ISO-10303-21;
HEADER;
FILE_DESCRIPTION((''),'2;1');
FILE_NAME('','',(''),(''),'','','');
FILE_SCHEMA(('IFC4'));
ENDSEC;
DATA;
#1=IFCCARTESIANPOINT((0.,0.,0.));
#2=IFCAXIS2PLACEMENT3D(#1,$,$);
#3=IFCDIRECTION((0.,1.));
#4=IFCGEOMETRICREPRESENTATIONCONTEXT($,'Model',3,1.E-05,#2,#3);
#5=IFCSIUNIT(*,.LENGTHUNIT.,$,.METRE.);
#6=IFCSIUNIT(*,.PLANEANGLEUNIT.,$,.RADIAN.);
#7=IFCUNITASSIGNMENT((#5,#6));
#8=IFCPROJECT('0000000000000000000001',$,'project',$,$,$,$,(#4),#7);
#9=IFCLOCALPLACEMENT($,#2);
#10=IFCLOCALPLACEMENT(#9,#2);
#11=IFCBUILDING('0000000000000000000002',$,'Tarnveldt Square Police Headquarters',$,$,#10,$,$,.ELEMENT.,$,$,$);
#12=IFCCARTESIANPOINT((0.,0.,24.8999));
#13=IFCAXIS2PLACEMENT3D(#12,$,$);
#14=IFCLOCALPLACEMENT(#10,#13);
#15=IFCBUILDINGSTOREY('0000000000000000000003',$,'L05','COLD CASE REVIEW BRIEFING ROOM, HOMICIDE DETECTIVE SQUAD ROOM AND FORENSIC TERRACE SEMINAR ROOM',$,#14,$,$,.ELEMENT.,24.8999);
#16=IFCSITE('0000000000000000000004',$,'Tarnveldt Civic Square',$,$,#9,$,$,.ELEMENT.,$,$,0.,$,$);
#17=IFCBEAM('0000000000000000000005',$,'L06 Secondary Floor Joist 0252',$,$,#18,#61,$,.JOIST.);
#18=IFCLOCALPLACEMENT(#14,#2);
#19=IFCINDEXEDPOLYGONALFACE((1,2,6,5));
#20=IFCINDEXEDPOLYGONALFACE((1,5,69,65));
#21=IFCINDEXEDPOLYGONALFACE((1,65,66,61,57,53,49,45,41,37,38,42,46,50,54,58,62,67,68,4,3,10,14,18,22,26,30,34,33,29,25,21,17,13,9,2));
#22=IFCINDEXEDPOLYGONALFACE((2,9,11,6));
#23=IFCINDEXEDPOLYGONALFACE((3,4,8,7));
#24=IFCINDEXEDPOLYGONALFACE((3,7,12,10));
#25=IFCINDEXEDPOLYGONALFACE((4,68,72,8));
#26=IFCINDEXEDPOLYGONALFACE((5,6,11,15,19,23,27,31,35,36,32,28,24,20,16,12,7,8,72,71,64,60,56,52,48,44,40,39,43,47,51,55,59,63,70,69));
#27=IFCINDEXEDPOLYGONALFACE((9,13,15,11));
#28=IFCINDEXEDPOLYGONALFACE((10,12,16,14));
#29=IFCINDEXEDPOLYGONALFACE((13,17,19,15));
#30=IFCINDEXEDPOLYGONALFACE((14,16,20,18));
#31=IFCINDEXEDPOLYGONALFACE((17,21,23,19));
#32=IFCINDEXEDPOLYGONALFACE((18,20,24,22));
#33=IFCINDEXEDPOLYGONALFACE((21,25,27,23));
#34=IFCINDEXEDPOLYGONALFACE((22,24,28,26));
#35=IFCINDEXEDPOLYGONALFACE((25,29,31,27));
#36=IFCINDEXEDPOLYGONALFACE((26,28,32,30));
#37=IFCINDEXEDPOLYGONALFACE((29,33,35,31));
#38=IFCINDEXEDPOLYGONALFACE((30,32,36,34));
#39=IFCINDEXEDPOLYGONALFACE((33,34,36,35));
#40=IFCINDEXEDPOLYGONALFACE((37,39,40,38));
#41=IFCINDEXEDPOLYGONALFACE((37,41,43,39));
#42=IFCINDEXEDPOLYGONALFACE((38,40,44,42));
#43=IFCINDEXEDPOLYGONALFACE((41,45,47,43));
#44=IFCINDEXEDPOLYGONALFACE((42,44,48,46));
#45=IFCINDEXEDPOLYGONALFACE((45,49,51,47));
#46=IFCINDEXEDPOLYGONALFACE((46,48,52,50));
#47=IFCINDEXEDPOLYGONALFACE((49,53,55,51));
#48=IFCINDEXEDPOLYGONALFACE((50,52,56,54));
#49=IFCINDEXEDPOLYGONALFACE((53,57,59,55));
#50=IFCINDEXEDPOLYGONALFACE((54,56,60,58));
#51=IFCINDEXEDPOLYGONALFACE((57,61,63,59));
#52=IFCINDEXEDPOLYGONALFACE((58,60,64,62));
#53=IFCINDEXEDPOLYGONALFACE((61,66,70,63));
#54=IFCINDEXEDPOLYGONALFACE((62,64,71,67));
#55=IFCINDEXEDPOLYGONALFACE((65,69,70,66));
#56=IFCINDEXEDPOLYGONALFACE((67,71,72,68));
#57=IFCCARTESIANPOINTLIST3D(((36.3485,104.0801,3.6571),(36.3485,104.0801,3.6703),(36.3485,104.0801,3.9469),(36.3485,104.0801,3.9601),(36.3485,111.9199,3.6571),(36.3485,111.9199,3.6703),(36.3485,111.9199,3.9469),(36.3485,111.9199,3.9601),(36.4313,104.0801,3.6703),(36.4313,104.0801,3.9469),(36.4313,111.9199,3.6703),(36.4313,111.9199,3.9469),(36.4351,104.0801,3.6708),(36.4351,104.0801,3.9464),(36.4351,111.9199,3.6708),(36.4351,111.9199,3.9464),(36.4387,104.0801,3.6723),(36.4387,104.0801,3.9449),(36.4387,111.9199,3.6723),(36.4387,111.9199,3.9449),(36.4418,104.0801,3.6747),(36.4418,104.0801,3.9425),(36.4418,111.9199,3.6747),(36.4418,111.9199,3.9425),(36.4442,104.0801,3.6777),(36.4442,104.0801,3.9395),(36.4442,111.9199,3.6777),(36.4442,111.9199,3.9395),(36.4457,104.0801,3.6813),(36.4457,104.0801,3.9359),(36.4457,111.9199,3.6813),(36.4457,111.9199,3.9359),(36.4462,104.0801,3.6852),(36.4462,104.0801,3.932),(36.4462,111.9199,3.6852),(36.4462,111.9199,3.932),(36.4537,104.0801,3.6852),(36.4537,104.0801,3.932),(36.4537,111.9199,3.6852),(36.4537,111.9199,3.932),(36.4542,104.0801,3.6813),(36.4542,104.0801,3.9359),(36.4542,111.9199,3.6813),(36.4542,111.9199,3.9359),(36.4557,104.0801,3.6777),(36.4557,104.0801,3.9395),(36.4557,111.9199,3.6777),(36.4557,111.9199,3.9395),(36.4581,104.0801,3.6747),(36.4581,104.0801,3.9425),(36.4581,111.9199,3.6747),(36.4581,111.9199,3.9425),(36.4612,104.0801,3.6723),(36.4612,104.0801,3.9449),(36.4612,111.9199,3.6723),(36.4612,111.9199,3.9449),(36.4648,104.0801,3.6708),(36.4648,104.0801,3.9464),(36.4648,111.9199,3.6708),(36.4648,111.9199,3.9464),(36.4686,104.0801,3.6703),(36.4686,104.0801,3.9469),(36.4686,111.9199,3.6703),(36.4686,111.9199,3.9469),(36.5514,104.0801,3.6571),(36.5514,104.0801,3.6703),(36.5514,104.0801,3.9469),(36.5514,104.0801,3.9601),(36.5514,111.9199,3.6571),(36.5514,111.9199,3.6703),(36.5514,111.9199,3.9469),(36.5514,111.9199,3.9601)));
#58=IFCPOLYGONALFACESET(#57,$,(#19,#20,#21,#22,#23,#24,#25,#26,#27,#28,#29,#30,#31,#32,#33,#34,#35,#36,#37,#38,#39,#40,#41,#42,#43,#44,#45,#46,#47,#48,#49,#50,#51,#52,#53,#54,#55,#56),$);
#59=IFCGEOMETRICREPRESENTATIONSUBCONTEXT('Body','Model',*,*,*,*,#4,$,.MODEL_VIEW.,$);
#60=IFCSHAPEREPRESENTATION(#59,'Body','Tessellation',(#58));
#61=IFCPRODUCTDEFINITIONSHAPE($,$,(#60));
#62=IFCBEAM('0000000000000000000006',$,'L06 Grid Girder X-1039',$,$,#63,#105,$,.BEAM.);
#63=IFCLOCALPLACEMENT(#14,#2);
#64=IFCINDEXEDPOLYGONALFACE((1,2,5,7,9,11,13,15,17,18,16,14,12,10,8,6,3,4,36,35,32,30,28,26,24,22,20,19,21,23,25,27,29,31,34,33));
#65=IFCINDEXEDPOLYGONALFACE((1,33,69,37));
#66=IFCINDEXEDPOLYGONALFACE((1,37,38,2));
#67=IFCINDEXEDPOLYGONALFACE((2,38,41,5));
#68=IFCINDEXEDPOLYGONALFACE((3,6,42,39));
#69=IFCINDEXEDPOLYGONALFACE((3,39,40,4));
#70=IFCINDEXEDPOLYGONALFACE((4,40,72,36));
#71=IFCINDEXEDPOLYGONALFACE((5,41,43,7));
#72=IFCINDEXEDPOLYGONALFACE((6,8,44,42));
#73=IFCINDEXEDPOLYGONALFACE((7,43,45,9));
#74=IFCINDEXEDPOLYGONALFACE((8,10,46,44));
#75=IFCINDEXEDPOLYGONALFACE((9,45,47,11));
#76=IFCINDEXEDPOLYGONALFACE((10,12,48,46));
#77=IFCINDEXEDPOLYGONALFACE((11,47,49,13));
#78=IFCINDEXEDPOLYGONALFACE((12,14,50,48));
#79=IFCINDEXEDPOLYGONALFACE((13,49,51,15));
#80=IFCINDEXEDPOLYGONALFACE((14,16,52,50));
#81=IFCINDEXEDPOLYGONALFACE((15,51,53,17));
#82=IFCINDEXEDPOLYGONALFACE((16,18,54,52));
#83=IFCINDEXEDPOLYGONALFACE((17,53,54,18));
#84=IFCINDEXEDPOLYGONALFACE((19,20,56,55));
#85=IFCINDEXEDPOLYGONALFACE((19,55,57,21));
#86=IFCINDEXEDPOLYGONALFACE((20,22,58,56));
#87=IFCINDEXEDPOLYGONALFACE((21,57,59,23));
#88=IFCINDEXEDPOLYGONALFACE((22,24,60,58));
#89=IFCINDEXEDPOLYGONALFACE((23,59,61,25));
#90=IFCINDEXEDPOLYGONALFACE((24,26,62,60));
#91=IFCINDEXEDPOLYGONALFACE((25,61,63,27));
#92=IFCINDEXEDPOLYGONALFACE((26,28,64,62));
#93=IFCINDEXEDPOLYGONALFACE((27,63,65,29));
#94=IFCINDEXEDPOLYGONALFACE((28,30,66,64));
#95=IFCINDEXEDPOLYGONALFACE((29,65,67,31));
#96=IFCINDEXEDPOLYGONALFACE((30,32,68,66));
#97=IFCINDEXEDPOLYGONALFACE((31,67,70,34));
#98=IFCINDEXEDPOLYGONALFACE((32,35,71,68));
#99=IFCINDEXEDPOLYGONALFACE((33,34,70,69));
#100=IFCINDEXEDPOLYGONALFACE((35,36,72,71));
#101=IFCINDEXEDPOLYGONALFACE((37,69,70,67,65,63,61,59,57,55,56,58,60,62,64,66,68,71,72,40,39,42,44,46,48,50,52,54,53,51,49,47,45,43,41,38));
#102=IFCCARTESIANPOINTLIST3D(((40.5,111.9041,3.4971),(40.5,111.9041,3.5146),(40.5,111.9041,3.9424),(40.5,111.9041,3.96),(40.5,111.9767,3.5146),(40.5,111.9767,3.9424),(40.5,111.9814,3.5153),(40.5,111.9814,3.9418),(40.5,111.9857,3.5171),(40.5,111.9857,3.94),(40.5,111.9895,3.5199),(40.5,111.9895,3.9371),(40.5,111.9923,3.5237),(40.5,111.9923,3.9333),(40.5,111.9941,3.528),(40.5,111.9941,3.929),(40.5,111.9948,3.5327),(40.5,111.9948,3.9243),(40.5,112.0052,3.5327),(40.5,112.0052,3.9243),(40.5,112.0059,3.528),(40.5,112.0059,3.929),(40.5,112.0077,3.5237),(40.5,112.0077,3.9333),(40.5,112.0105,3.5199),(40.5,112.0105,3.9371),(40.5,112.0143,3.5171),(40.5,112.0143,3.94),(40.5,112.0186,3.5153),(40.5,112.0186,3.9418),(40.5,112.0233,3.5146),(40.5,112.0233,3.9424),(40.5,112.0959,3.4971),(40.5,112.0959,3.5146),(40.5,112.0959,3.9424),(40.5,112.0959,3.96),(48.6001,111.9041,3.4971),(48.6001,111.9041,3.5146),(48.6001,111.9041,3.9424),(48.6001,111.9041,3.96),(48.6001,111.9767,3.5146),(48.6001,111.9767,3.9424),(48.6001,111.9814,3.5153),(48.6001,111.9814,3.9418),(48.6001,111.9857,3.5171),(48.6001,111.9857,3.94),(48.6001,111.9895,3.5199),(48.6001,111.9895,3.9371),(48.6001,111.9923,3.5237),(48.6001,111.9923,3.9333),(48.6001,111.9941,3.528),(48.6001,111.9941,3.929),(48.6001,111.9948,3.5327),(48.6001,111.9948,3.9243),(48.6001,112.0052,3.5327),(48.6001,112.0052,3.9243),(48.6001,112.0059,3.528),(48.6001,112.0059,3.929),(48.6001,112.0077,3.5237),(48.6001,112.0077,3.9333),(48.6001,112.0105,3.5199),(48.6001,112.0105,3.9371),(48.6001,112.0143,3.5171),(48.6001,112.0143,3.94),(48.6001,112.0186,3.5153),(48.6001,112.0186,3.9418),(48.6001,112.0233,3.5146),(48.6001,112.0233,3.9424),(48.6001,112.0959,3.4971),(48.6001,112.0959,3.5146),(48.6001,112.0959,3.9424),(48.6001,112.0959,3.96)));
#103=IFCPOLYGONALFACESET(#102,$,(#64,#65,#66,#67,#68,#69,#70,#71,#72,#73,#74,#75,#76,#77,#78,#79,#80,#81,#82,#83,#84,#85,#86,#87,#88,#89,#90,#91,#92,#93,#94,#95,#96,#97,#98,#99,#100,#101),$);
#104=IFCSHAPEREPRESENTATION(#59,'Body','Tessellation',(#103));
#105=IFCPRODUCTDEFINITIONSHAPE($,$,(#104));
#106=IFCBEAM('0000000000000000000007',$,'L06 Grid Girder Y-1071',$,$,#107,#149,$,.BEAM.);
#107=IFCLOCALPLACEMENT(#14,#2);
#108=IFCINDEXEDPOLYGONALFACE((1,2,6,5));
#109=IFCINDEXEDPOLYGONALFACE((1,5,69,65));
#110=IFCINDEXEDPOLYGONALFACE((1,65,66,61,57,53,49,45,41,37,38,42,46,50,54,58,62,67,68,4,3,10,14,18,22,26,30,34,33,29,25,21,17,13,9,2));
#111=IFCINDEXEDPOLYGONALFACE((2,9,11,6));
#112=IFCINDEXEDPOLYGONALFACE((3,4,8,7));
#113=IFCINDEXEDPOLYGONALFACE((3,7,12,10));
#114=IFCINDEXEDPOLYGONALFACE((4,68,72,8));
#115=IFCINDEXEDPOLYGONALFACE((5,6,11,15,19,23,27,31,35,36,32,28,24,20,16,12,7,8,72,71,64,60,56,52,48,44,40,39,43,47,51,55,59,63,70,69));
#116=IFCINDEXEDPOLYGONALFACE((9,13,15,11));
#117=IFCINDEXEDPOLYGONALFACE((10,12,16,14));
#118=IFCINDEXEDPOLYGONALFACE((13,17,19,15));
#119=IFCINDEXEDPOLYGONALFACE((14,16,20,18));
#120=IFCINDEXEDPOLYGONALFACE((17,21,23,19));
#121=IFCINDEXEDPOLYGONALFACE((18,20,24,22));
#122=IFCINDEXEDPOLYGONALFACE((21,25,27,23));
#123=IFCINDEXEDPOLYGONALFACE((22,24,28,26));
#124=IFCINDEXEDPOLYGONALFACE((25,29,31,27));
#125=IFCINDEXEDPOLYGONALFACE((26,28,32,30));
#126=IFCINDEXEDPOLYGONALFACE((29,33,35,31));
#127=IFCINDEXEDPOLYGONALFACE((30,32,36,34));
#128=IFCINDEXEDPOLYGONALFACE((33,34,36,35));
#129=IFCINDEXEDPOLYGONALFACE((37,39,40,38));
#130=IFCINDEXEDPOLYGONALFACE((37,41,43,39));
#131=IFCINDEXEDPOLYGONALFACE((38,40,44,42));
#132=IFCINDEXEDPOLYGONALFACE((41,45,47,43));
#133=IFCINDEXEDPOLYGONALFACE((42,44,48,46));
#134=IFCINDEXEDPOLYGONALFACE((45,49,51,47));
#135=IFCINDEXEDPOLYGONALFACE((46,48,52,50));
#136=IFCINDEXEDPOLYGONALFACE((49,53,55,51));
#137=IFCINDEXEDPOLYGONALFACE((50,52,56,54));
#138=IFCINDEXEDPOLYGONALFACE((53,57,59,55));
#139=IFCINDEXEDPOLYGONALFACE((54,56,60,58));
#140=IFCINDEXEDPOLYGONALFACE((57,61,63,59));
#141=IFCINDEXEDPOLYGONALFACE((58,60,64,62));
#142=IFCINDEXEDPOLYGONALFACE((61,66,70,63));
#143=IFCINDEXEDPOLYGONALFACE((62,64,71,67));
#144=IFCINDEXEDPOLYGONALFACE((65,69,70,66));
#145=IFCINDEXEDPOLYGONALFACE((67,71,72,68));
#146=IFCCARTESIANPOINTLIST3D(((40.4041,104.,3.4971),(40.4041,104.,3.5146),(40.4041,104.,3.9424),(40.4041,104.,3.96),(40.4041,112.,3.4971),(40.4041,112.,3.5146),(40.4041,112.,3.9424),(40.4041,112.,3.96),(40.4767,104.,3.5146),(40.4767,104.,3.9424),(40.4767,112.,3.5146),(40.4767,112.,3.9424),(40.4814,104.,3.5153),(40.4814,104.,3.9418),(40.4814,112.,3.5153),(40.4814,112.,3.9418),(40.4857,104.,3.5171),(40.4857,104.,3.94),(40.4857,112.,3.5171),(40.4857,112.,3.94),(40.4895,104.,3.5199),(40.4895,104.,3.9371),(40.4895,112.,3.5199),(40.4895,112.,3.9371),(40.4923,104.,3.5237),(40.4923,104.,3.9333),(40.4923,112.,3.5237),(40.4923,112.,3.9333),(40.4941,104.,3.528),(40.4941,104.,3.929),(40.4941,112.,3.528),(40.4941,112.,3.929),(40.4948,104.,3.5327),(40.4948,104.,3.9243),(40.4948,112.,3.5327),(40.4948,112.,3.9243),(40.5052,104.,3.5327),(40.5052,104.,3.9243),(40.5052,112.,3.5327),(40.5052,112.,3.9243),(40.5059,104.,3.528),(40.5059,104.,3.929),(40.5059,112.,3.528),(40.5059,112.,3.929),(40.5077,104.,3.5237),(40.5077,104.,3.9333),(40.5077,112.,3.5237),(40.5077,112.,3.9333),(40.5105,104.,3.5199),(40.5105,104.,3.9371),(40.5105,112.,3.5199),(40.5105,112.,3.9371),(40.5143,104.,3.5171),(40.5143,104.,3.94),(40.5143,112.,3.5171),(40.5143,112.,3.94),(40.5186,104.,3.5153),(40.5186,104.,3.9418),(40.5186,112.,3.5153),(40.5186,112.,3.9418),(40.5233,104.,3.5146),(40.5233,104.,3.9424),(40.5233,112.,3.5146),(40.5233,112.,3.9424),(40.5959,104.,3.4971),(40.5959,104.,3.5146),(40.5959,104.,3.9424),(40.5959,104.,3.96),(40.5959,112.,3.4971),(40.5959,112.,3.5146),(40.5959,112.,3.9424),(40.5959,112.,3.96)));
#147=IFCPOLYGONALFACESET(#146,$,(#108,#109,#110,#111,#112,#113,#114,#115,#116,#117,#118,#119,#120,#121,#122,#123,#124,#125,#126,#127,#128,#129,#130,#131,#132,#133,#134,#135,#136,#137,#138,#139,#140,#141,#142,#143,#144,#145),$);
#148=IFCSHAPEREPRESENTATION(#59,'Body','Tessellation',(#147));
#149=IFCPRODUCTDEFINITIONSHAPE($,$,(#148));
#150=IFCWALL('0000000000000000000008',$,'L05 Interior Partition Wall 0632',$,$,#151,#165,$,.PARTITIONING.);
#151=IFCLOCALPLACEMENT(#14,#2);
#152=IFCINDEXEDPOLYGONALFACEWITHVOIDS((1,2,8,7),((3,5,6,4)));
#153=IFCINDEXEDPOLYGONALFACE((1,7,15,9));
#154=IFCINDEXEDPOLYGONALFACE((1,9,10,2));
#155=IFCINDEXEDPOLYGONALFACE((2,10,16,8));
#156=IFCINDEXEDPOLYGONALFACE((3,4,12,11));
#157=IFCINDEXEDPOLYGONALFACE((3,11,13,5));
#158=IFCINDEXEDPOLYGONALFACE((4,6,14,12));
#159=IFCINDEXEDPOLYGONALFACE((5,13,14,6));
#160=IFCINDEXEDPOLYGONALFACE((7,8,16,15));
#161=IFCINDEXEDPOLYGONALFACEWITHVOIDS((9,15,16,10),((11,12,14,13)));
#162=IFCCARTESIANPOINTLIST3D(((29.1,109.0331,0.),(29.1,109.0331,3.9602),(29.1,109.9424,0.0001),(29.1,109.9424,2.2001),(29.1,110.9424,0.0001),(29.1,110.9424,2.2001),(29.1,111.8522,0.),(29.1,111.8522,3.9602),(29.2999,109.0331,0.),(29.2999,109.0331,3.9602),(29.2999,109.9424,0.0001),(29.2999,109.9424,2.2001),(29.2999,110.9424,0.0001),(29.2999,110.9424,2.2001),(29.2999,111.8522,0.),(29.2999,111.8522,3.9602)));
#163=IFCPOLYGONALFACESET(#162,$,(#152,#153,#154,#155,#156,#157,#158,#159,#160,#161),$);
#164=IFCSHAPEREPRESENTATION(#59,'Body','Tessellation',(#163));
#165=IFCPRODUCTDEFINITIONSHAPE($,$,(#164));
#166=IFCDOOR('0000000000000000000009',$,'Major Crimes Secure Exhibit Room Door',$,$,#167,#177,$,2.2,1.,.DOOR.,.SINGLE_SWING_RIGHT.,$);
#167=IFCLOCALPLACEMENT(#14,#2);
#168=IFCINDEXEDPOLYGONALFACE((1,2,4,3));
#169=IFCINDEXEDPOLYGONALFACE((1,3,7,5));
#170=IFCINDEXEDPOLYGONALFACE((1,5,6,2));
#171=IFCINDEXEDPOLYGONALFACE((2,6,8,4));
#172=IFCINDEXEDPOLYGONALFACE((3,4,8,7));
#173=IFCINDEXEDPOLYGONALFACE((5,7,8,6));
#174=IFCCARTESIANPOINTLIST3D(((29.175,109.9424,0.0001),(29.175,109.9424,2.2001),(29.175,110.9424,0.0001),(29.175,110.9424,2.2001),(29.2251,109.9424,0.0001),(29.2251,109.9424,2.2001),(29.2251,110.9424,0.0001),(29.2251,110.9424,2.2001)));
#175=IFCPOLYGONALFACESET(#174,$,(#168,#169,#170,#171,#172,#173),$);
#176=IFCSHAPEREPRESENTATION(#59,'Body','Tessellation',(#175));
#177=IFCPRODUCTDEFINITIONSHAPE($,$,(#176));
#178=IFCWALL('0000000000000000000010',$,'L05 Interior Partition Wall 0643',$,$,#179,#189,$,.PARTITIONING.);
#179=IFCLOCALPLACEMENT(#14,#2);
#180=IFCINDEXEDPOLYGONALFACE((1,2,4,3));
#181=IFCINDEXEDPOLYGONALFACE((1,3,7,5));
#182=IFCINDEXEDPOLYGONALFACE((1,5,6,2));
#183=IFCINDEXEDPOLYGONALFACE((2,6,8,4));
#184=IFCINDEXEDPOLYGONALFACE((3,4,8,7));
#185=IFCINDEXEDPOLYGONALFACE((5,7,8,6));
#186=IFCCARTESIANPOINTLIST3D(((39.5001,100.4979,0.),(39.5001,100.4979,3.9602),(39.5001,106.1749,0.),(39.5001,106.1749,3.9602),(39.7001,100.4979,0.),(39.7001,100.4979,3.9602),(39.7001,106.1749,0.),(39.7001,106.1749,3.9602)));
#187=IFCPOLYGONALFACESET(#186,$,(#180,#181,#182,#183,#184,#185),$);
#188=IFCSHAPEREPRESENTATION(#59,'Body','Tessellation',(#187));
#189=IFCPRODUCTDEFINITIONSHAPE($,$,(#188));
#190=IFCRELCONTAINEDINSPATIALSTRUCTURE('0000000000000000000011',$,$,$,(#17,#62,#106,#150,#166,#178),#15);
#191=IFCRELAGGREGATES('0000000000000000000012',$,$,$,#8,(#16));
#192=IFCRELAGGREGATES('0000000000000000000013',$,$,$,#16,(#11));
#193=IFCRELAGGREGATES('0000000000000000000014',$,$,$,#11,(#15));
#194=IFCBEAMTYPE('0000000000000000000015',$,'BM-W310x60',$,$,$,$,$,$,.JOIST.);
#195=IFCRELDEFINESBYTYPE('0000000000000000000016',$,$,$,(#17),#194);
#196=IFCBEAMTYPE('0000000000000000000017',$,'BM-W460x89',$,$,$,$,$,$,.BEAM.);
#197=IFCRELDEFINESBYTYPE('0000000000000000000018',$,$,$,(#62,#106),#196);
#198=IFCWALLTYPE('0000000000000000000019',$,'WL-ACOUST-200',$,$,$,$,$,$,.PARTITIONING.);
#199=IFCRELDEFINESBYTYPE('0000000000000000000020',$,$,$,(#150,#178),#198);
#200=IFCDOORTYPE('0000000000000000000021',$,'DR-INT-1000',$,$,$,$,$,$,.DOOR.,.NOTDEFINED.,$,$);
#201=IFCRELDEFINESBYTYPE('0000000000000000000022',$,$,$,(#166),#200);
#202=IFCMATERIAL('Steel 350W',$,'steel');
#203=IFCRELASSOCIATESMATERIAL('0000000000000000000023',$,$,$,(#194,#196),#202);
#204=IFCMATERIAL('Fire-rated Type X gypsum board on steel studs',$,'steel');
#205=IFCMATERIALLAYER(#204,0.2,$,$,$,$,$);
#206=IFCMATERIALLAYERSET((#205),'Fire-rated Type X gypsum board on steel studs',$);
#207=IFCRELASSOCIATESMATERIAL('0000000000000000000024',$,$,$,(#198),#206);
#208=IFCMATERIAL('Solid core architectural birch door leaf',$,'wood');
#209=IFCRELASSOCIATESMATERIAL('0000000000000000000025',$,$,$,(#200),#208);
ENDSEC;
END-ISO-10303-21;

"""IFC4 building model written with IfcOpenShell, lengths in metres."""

from ifc_helpers import new_model, si_unit, direction, frame, frame_2d, origin, origin_2d, place, context, subcontext, project, spatial, rectangle, i_section, extrude, material, layer, layer_set, material_profile, profile_set, type_object, element, fill, save


model = new_model("IFC4")

# Units and contexts
model_context = context("Model", 3, precision=1e-05, world=origin(), true_north=direction((0.0, 1.0)))
body_context = subcontext(model_context, "Body", "Model", "MODEL_VIEW")
ifc_project = project(units=[si_unit("LENGTHUNIT", "METRE"), si_unit("PLANEANGLEUNIT", "RADIAN")], contexts=[model_context])

# Site, building, storey
site_placement = place(None, origin())
site = spatial("IfcSite", under=ifc_project, at=site_placement, Name="Tarnveldt Civic Square", CompositionType="ELEMENT", RefElevation=0.0)
building_placement = place(site_placement, origin())
building = spatial("IfcBuilding", under=site, at=building_placement, Name="Tarnveldt Square Police Headquarters", CompositionType="ELEMENT")
storey_placement = place(building_placement, frame((0.0, 0.0, 24.8999)))
storey = spatial("IfcBuildingStorey", under=building, at=storey_placement, Name="L05", Description="COLD CASE REVIEW BRIEFING ROOM, HOMICIDE DETECTIVE SQUAD ROOM AND FORENSIC TERRACE SEMINAR ROOM", CompositionType="ELEMENT", Elevation=24.8999)

# Shared definitions
ifc_material_1 = material(Name="Steel 350W", Category="steel")

# Beams
ifc_material_profile_1 = material_profile(ifc_material_1, i_section(OverallWidth=0.2029, OverallDepth=0.303, WebThickness=0.0076, FlangeThickness=0.0132, FilletRadius=0.0149, at=origin_2d()), Name="W310x60")
ifc_profile_set_1 = profile_set([ifc_material_profile_1], Name="Steel 350W")
beam_type_1 = type_object("IfcBeamType", Name="BM-W310x60", PredefinedType="JOIST", material=ifc_profile_set_1)
beam_1_placement = place(storey_placement, frame((36.45, 104.0801, 3.8086), z_axis=(0.0, 1.0, 0.0), x_axis=(-1.0, 0.0, 0.0)))
element("IfcBeam", 1, at=beam_1_placement, inside=storey, type_object=beam_type_1, Name="L06 Secondary Floor Joist 0252", PredefinedType="JOIST", context=body_context, shape_type="SweptSolid", body=[
    extrude(i_section(OverallWidth=0.2029, OverallDepth=0.303, WebThickness=0.0076, FlangeThickness=0.0132, FilletRadius=0.0149, at=origin_2d()), origin(), (0.0, 0.0, 1.0), 7.8398),
])
ifc_material_profile_2 = material_profile(ifc_material_1, i_section(OverallWidth=0.1919, OverallDepth=0.4629, WebThickness=0.0105, FlangeThickness=0.0176, FilletRadius=0.0181, at=origin_2d()), Name="W460x89")
ifc_profile_set_2 = profile_set([ifc_material_profile_2], Name="Steel 350W")
beam_type_2 = type_object("IfcBeamType", Name="BM-W460x89", PredefinedType="BEAM", material=ifc_profile_set_2)
beam_2_placement = place(storey_placement, frame((40.5, 112.0, 3.7285), z_axis=(1.0, 0.0, 0.0), x_axis=(0.0, 1.0, 0.0)))
element("IfcBeam", 2, at=beam_2_placement, inside=storey, type_object=beam_type_2, Name="L06 Grid Girder X-1039", PredefinedType="BEAM", context=body_context, shape_type="SweptSolid", body=[
    extrude(i_section(OverallWidth=0.1919, OverallDepth=0.4629, WebThickness=0.0105, FlangeThickness=0.0176, FilletRadius=0.0181, at=origin_2d()), origin(), (0.0, 0.0, 1.0), 8.1001),
])
beam_3_placement = place(storey_placement, frame((40.5, 104.0, 3.7285), z_axis=(0.0, 1.0, 0.0), x_axis=(-1.0, 0.0, 0.0)))
element("IfcBeam", 3, at=beam_3_placement, inside=storey, type_object=beam_type_2, Name="L06 Grid Girder Y-1071", PredefinedType="BEAM", context=body_context, shape_type="SweptSolid", body=[
    extrude(i_section(OverallWidth=0.1919, OverallDepth=0.4629, WebThickness=0.0105, FlangeThickness=0.0176, FilletRadius=0.0181, at=origin_2d()), origin(), (0.0, 0.0, 1.0), 8.0),
])

# Wall, opening, door
ifc_material_2 = material(Name="Fire-rated Type X gypsum board on steel studs", Category="steel")
ifc_layer_1 = layer(ifc_material_2, 0.2)
ifc_layer_set_1 = layer_set([ifc_layer_1], Name="Fire-rated Type X gypsum board on steel studs")
wall_type_1 = type_object("IfcWallType", Name="WL-ACOUST-200", PredefinedType="PARTITIONING", material=ifc_layer_set_1)
wall_1_placement = place(storey_placement, frame((29.2, 109.033, 0.0), z_axis=(0.0, 0.0, 1.0), x_axis=(0.0, 1.0, 0.0)))
wall_1 = element("IfcWall", 4, at=wall_1_placement, inside=storey, type_object=wall_type_1, Name="L05 Interior Partition Wall 0632", PredefinedType="PARTITIONING", context=body_context, shape_type="SweptSolid", body=[
    extrude(rectangle(XDim=2.8191, YDim=0.2, at=frame_2d((1.4097, 0.0))), origin(), (0.0, 0.0, 1.0), 3.9602),
])
opening_1_placement = place(wall_1_placement, frame((0.9094, 0.0, 0.0)))
opening_1 = element("IfcOpeningElement", 5, at=opening_1_placement, cuts=wall_1, PredefinedType="OPENING", context=body_context, shape_type="SweptSolid", body=[
    extrude(rectangle(XDim=1.0, YDim=2.2, at=frame_2d((0.5, 1.1001))), frame((0.0, 0.1099, 0.0), z_axis=(0.0, -1.0, 0.0), x_axis=(1.0, 0.0, 0.0)), (0.0, 0.0, 1.0), 0.22),
])
ifc_material_3 = material(Name="Solid core architectural birch door leaf", Category="wood")
door_type_1 = type_object("IfcDoorType", Name="DR-INT-1000", OperationType="NOTDEFINED", PredefinedType="DOOR", material=ifc_material_3)
door_1_placement = place(opening_1_placement, origin())
door_1 = element("IfcDoor", 6, at=door_1_placement, inside=storey, type_object=door_type_1, Name="Major Crimes Secure Exhibit Room Door", OperationType="SINGLE_SWING_RIGHT", OverallHeight=2.2, OverallWidth=1.0, PredefinedType="DOOR", context=body_context, shape_type="SweptSolid", body=[
    extrude(rectangle(XDim=1.0, YDim=2.2, at=frame_2d((0.5, 1.1001))), frame((0.0, 0.0249, 0.0), z_axis=(0.0, -1.0, 0.0), x_axis=(1.0, 0.0, 0.0)), (0.0, 0.0, 1.0), 0.05),
])
fill(opening_1, door_1)

# Wall
for number, where, z_axis, x_axis, name in (
    (7, (39.6001, 100.498, 0.0), (0.0, 0.0, 1.0), (0.0, 1.0, 0.0), "L05 Interior Partition Wall 0643"),
):
    element("IfcWall", number, at=place(storey_placement, frame(where, z_axis=z_axis, x_axis=x_axis)), inside=storey, type_object=wall_type_1, Name=name, PredefinedType="PARTITIONING", context=body_context, shape_type="SweptSolid", body=[
        extrude(rectangle(XDim=5.677, YDim=0.2, at=frame_2d((2.8384, 0.0))), origin(), (0.0, 0.0, 1.0), 3.9602),
    ])

save(model, "model.ifc")
